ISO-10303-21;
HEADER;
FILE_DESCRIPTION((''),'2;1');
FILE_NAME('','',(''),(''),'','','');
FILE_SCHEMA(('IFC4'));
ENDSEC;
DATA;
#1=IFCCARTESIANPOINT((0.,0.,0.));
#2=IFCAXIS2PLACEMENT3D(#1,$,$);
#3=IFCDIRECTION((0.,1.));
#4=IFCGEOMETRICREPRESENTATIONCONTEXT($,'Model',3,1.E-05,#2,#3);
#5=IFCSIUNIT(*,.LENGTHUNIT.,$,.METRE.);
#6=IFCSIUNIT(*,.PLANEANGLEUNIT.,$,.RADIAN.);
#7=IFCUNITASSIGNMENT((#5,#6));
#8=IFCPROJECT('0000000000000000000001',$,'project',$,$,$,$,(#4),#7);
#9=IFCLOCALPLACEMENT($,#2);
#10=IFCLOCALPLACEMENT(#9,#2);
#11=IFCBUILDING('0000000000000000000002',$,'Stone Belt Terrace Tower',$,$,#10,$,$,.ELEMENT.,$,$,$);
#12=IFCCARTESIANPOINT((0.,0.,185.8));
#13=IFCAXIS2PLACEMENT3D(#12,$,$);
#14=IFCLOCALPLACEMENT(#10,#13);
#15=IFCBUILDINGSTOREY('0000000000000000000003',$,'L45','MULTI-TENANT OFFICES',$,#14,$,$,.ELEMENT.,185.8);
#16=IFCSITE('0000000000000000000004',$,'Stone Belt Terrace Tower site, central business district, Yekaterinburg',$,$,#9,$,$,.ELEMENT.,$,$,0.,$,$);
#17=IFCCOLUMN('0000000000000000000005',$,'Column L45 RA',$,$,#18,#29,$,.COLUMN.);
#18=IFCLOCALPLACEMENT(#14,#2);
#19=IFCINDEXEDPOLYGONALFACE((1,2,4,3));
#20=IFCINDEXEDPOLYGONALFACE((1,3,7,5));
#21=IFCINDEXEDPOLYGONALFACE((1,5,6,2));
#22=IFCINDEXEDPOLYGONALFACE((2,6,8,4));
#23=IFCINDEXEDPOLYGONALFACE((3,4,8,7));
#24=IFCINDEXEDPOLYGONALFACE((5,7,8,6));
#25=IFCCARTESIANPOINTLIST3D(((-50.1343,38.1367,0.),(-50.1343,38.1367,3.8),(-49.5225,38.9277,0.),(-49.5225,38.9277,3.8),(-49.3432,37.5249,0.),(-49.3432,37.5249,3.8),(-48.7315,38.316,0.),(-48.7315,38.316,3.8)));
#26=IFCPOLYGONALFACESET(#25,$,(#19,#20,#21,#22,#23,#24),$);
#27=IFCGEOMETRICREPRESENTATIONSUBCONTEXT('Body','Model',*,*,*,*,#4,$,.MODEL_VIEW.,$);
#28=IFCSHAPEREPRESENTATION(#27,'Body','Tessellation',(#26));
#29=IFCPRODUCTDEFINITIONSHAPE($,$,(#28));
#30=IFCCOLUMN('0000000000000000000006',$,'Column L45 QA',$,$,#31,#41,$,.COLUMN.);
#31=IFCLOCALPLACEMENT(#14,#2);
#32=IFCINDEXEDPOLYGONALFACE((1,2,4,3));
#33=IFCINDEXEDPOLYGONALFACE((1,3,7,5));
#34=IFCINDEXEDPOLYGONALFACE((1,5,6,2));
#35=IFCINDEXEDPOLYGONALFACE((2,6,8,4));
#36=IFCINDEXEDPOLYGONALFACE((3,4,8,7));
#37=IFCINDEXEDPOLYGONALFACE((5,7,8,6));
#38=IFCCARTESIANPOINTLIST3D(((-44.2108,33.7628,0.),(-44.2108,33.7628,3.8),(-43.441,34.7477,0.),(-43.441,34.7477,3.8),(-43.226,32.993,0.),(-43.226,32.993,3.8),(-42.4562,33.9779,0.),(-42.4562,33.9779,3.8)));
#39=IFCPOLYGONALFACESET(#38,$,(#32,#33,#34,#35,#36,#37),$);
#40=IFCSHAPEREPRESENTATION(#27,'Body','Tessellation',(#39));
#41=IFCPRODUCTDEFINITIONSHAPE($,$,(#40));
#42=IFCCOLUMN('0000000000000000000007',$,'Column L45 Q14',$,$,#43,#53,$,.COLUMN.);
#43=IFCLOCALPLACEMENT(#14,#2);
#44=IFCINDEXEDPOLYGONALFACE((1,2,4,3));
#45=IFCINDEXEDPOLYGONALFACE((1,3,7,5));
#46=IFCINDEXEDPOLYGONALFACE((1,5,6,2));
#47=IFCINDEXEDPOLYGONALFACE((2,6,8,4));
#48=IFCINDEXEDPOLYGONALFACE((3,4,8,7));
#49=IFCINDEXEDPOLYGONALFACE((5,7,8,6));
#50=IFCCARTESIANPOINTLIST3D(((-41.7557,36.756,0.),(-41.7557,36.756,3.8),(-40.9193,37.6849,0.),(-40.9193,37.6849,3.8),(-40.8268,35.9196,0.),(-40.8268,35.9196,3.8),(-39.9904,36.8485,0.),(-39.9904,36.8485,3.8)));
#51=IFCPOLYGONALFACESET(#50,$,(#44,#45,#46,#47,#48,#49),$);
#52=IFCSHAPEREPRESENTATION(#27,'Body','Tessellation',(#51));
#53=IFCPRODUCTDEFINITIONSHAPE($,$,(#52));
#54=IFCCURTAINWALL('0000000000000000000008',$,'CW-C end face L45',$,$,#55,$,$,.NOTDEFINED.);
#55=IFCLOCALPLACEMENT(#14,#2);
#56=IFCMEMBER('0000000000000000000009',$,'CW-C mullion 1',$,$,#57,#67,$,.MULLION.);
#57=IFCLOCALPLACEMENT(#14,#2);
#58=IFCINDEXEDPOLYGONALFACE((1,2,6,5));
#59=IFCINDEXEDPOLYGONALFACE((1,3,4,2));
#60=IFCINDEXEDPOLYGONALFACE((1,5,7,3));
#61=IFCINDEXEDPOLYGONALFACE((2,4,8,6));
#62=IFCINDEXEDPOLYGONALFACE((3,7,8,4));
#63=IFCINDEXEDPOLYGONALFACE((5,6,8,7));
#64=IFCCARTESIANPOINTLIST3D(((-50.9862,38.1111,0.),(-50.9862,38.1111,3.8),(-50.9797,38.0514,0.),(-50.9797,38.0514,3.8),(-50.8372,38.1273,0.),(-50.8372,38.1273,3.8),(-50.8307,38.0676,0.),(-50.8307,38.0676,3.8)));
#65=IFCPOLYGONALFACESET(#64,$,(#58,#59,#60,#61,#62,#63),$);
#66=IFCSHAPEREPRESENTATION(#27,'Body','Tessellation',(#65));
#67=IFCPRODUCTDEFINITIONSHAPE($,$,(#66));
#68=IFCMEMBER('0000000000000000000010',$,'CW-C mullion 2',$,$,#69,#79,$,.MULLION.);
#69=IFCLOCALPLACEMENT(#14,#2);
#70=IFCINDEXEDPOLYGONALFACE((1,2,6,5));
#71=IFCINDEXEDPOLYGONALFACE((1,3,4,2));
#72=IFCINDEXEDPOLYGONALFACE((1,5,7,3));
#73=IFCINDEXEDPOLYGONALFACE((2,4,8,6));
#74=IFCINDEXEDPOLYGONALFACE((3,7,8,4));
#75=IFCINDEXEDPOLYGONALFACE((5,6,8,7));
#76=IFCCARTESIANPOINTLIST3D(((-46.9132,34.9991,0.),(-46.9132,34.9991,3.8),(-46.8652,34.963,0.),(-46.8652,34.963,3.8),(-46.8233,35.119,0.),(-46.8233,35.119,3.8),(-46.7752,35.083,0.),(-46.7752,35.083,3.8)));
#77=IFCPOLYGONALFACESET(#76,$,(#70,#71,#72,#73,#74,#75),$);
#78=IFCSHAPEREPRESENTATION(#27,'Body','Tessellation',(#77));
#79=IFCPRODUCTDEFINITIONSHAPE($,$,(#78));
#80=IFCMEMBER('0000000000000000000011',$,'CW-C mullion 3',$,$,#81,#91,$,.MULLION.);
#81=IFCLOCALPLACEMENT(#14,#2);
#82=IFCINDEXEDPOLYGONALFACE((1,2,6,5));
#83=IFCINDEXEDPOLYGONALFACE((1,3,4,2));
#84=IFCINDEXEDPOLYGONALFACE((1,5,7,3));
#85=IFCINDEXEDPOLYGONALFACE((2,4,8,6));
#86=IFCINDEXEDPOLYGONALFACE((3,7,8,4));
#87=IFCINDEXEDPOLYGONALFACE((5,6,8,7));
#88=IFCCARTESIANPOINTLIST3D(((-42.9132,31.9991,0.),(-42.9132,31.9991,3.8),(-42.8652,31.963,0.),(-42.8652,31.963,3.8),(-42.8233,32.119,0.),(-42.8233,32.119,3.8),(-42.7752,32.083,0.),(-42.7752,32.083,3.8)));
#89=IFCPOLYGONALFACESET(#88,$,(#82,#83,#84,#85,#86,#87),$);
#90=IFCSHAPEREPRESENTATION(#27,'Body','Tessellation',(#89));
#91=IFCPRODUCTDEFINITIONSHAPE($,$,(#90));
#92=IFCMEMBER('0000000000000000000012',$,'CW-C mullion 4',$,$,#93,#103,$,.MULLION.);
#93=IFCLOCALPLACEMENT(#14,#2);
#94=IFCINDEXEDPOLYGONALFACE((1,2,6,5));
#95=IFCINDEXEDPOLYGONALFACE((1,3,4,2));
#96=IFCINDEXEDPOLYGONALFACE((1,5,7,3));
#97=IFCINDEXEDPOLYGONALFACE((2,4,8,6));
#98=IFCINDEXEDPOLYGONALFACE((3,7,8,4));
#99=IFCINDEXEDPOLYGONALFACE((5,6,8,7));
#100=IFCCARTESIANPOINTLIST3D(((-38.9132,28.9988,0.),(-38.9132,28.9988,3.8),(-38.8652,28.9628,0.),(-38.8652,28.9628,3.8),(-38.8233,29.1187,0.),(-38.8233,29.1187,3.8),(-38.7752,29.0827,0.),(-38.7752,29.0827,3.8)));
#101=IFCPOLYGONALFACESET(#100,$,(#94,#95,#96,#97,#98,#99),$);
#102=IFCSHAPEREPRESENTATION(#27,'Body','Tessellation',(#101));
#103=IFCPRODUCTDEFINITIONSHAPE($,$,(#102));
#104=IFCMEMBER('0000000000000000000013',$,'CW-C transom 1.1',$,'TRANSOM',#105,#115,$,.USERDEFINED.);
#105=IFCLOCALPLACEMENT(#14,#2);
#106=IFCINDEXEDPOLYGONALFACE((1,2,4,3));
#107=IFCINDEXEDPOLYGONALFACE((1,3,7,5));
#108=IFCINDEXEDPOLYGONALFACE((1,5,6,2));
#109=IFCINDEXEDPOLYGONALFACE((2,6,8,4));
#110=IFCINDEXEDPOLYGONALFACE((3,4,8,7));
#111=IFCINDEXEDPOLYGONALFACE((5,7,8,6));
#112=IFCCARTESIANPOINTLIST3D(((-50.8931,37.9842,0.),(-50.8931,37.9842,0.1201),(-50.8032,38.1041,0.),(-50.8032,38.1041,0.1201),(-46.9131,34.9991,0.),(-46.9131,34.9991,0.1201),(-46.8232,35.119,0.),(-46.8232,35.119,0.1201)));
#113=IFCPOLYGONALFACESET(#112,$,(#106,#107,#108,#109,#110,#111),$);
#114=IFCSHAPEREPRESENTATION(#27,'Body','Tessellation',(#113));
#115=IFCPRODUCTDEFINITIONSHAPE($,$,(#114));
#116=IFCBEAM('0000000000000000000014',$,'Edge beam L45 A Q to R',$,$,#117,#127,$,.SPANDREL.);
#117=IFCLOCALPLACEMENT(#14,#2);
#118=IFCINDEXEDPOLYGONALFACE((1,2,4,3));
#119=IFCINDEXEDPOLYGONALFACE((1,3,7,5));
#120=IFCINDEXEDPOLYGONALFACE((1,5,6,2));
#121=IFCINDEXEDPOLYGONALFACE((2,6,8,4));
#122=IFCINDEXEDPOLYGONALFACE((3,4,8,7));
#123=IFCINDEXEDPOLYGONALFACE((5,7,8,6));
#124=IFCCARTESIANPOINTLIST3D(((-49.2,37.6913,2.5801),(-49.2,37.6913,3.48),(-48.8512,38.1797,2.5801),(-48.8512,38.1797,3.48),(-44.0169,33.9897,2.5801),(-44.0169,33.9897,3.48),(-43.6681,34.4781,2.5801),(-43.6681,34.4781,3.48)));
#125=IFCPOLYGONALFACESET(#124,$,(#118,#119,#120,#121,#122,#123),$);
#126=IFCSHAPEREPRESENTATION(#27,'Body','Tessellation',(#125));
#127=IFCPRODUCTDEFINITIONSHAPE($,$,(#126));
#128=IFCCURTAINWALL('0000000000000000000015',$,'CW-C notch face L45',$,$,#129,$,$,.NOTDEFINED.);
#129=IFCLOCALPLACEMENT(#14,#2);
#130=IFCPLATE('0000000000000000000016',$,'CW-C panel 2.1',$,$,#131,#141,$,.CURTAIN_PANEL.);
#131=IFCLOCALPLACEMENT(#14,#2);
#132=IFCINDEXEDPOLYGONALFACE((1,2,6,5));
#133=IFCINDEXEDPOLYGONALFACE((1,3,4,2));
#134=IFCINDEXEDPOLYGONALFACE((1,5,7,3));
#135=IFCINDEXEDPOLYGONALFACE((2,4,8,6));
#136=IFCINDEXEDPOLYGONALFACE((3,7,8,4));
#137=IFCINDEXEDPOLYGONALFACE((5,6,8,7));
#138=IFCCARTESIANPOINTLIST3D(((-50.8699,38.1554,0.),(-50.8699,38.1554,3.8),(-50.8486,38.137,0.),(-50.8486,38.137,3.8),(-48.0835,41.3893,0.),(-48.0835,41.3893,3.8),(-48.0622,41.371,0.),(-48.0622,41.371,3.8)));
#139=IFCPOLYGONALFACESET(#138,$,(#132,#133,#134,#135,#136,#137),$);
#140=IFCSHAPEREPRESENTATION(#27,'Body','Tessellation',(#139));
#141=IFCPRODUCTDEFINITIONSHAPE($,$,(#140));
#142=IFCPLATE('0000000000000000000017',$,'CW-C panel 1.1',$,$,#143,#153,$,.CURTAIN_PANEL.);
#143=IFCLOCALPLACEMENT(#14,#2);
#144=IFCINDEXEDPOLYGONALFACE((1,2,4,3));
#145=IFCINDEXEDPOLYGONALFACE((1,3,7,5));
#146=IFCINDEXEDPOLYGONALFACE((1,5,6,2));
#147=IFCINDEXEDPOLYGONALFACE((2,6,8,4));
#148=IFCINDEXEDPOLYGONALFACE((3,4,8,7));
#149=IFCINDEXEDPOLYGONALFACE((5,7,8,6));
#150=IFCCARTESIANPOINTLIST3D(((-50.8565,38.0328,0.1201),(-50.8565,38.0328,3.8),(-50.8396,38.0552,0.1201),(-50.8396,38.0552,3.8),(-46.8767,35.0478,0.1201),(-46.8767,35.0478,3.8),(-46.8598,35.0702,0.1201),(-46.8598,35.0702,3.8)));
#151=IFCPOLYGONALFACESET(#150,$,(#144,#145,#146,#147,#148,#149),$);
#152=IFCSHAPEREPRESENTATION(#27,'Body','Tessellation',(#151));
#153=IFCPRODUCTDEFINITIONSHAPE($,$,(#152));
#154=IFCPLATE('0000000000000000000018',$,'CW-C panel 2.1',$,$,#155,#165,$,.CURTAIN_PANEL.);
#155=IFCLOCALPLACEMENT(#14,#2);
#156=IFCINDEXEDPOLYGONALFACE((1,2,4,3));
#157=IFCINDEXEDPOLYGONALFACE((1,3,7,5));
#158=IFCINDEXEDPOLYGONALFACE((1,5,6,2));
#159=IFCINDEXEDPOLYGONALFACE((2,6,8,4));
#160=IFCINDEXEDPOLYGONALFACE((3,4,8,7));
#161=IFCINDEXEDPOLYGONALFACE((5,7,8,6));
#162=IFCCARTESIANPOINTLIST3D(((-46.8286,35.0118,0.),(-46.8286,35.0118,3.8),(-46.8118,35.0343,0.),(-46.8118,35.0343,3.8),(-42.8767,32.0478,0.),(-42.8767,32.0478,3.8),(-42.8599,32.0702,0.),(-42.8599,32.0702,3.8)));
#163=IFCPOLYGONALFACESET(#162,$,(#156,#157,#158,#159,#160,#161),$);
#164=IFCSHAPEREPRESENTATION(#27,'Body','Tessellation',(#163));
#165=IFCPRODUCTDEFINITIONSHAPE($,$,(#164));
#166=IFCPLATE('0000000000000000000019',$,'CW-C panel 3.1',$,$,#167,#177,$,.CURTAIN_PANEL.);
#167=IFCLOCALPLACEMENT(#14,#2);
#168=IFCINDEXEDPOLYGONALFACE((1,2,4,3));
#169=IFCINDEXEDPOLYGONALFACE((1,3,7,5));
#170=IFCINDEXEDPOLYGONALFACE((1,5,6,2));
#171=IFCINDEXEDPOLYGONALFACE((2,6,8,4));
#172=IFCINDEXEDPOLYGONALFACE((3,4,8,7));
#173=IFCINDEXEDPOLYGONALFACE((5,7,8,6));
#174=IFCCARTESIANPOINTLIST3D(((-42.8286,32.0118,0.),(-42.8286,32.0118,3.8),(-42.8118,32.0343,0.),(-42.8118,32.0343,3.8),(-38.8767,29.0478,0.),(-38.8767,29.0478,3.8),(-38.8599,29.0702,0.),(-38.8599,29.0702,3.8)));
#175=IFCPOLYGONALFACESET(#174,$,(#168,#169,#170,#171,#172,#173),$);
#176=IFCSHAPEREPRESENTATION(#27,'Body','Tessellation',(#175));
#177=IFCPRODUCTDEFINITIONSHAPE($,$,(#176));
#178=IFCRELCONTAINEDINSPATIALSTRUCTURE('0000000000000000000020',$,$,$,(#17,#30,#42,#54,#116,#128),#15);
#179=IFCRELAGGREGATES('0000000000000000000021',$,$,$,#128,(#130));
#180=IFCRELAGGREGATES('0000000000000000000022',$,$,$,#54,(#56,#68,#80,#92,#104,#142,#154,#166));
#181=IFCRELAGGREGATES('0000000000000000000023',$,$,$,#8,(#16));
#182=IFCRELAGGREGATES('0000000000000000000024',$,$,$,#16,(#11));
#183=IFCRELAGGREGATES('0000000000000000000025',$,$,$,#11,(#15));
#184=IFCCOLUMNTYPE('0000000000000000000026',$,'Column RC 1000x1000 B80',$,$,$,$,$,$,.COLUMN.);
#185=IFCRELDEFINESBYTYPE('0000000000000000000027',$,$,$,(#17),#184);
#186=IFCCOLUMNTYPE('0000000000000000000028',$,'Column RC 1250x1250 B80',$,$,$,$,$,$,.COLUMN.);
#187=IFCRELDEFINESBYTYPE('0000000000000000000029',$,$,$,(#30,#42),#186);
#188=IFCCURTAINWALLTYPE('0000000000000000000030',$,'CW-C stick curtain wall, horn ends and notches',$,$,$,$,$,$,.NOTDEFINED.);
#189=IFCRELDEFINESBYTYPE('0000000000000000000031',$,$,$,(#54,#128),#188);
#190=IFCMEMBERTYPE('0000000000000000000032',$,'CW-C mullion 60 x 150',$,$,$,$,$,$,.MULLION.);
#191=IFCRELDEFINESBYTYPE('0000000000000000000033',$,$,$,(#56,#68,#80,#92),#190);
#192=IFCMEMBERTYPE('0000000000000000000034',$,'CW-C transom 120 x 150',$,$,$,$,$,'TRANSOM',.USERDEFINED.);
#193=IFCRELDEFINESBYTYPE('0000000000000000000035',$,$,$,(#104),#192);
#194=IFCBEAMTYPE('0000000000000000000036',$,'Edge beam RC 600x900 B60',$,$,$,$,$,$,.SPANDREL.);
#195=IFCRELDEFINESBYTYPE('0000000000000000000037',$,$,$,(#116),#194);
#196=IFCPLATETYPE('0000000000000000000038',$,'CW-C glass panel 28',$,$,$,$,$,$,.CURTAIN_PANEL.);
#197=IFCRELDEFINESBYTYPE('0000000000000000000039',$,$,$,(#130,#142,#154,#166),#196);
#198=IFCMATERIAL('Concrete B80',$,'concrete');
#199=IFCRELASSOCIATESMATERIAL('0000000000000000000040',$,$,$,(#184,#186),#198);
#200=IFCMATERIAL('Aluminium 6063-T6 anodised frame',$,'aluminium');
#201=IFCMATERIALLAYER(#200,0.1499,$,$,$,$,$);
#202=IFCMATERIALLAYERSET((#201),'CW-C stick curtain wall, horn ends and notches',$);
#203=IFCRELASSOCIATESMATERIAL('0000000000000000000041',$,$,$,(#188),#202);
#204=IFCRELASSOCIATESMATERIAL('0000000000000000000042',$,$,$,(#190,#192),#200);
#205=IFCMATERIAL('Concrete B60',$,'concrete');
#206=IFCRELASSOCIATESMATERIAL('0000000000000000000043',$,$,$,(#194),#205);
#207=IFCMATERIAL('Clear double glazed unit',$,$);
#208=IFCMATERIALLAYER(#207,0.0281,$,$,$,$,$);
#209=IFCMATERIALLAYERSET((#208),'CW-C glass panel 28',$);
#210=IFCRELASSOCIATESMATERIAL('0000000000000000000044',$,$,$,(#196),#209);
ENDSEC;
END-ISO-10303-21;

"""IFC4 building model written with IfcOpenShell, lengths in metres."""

from ifc_helpers import new_model, si_unit, direction, frame, origin, origin_2d, place, context, subcontext, project, spatial, rectangle, extrude, material, layer, layer_set, material_profile, profile_set, type_object, element, aggregate, save


model = new_model("IFC4")

# Units and contexts
model_context = context("Model", 3, precision=1e-05, world=origin(), true_north=direction((0.0, 1.0)))
body_context = subcontext(model_context, "Body", "Model", "MODEL_VIEW")
ifc_project = project(units=[si_unit("LENGTHUNIT", "METRE"), si_unit("PLANEANGLEUNIT", "RADIAN")], contexts=[model_context])

# Site, building, storey
site_placement = place(None, origin())
site = spatial("IfcSite", under=ifc_project, at=site_placement, Name="Stone Belt Terrace Tower site, central business district, Yekaterinburg", CompositionType="ELEMENT", RefElevation=0.0)
building_placement = place(site_placement, origin())
building = spatial("IfcBuilding", under=site, at=building_placement, Name="Stone Belt Terrace Tower", CompositionType="ELEMENT")
storey_placement = place(building_placement, frame((0.0, 0.0, 185.8)))
storey = spatial("IfcBuildingStorey", under=building, at=storey_placement, Name="L45", Description="MULTI-TENANT OFFICES", CompositionType="ELEMENT", Elevation=185.8)

# Columns
ifc_material_1 = material(Name="Concrete B80", Category="concrete")
ifc_material_profile_1 = material_profile(ifc_material_1, rectangle(XDim=1.0, YDim=1.0, at=origin_2d()), Name="RC 1000x1000")
ifc_profile_set_1 = profile_set([ifc_material_profile_1], Name="Concrete B80")
column_type_1 = type_object("IfcColumnType", Name="Column RC 1000x1000 B80", PredefinedType="COLUMN", material=ifc_profile_set_1)
column_placement = place(storey_placement, frame((-49.4329, 38.2263, 0.0), z_axis=(0.0, 0.0, 1.0), x_axis=(0.61173, 0.791067, 0.0)))
element("IfcColumn", 1, at=column_placement, inside=storey, type_object=column_type_1, Name="Column L45 RA", PredefinedType="COLUMN", context=body_context, shape_type="SweptSolid", body=[
    extrude(rectangle(XDim=1.0, YDim=1.0, at=origin_2d()), origin(), (0.0, 0.0, 1.0), 3.8),
])
ifc_material_profile_2 = material_profile(ifc_material_1, rectangle(XDim=1.25, YDim=1.25, at=origin_2d()), Name="RC 1250x1250")
ifc_profile_set_2 = profile_set([ifc_material_profile_2], Name="Concrete B80")
column_type_2 = type_object("IfcColumnType", Name="Column RC 1250x1250 B80", PredefinedType="COLUMN", material=ifc_profile_set_2)
for number, where, z_axis, x_axis, name in (
    (2, (-43.3335, 33.8704, 0.0), (0.0, 0.0, 1.0), (0.615825, 0.787883, 0.0), "Column L45 QA"),
    (3, (-40.873, 36.8022, 0.0), (0.0, 0.0, 1.0), (0.669131, 0.743145, 0.0), "Column L45 Q14"),
):
    element("IfcColumn", number, at=place(storey_placement, frame(where, z_axis=z_axis, x_axis=x_axis)), inside=storey, type_object=column_type_2, Name=name, PredefinedType="COLUMN", context=body_context, shape_type="SweptSolid", body=[
        extrude(rectangle(XDim=1.25, YDim=1.25, at=origin_2d()), origin(), (0.0, 0.0, 1.0), 3.8),
    ])

# Curtain wall, members
ifc_material_2 = material(Name="Aluminium 6063-T6 anodised frame", Category="aluminium")
ifc_layer_1 = layer(ifc_material_2, 0.1499)
ifc_layer_set_1 = layer_set([ifc_layer_1], Name="CW-C stick curtain wall, horn ends and notches")
curtain_wall_type = type_object("IfcCurtainWallType", Name="CW-C stick curtain wall, horn ends and notches", PredefinedType="NOTDEFINED", material=ifc_layer_set_1)
curtain_wall_1_placement = place(storey_placement, origin())
curtain_wall_1 = element("IfcCurtainWall", 4, at=curtain_wall_1_placement, inside=storey, type_object=curtain_wall_type, Name="CW-C end face L45", PredefinedType="NOTDEFINED")
ifc_material_profile_3 = material_profile(ifc_material_2, rectangle(XDim=0.1499, YDim=0.0601, at=origin_2d()), Name="Aluminium 6063-T6 60x150")
ifc_profile_set_3 = profile_set([ifc_material_profile_3], Name="Aluminium 6063-T6 anodised frame")
member_type_1 = type_object("IfcMemberType", Name="CW-C mullion 60 x 150", PredefinedType="MULLION", material=ifc_profile_set_3)
member_1_placement = place(storey_placement, frame((-50.9084, 38.0894, 0.0), z_axis=(0.0, 0.0, 1.0), x_axis=(0.994169, 0.10783, 0.0)))
member_1 = element("IfcMember", 5, at=member_1_placement, type_object=member_type_1, Name="CW-C mullion 1", PredefinedType="MULLION", context=body_context, shape_type="SweptSolid", body=[
    extrude(rectangle(XDim=0.1499, YDim=0.0601, at=origin_2d()), origin(), (0.0, 0.0, 1.0), 3.8),
])
member_2_placement = place(storey_placement, frame((-46.8442, 35.041, 0.0), z_axis=(0.0, 0.0, 1.0), x_axis=(0.600018, 0.799987, 0.0)))
member_2 = element("IfcMember", 6, at=member_2_placement, type_object=member_type_1, Name="CW-C mullion 2", PredefinedType="MULLION", context=body_context, shape_type="SweptSolid", body=[
    extrude(rectangle(XDim=0.1499, YDim=0.0601, at=origin_2d()), origin(), (0.0, 0.0, 1.0), 3.8),
])
member_3_placement = place(storey_placement, frame((-42.8442, 32.041, 0.0), z_axis=(0.0, 0.0, 1.0), x_axis=(0.600018, 0.799987, 0.0)))
member_3 = element("IfcMember", 7, at=member_3_placement, type_object=member_type_1, Name="CW-C mullion 3", PredefinedType="MULLION", context=body_context, shape_type="SweptSolid", body=[
    extrude(rectangle(XDim=0.1499, YDim=0.0601, at=origin_2d()), origin(), (0.0, 0.0, 1.0), 3.8),
])
member_4_placement = place(storey_placement, frame((-38.8442, 29.0408, 0.0), z_axis=(0.0, 0.0, 1.0), x_axis=(0.600018, 0.799987, 0.0)))
member_4 = element("IfcMember", 8, at=member_4_placement, type_object=member_type_1, Name="CW-C mullion 4", PredefinedType="MULLION", context=body_context, shape_type="SweptSolid", body=[
    extrude(rectangle(XDim=0.1499, YDim=0.0601, at=origin_2d()), origin(), (0.0, 0.0, 1.0), 3.8),
])
ifc_material_profile_4 = material_profile(ifc_material_2, rectangle(XDim=0.1499, YDim=0.1201, at=origin_2d()), Name="Aluminium 6063-T6 150x120")
ifc_profile_set_4 = profile_set([ifc_material_profile_4], Name="Aluminium 6063-T6 anodised frame")
member_type_2 = type_object("IfcMemberType", Name="CW-C transom 120 x 150", ElementType="TRANSOM", PredefinedType="USERDEFINED", material=ifc_profile_set_4)
member_5_placement = place(storey_placement, frame((-50.8481, 38.0442, 0.0601), z_axis=(0.799988, -0.600016, 0.0), x_axis=(0.600016, 0.799988, 0.0)))
member_5 = element("IfcMember", 9, at=member_5_placement, type_object=member_type_2, Name="CW-C transom 1.1", ObjectType="TRANSOM", PredefinedType="USERDEFINED", context=body_context, shape_type="SweptSolid", body=[
    extrude(rectangle(XDim=0.1499, YDim=0.1201, at=origin_2d()), origin(), (0.0, 0.0, 1.0), 4.9751),
])

# Beam
ifc_material_3 = material(Name="Concrete B60", Category="concrete")
ifc_material_profile_5 = material_profile(ifc_material_3, rectangle(XDim=0.6001, YDim=0.8999, at=origin_2d()), Name="RC 600x900")
ifc_profile_set_5 = profile_set([ifc_material_profile_5], Name="Concrete B60")
beam_type = type_object("IfcBeamType", Name="Edge beam RC 600x900 B60", PredefinedType="SPANDREL", material=ifc_profile_set_5)
beam_placement = place(storey_placement, frame((-43.8425, 34.2339, 3.03), z_axis=(-0.813775, 0.58118, 0.0), x_axis=(-0.58118, -0.813775, 0.0)))
element("IfcBeam", 10, at=beam_placement, inside=storey, type_object=beam_type, Name="Edge beam L45 A Q to R", PredefinedType="SPANDREL", context=body_context, shape_type="SweptSolid", body=[
    extrude(rectangle(XDim=0.6001, YDim=0.8999, at=origin_2d()), origin(), (0.0, 0.0, 1.0), 6.3691),
])

# Curtain wall, plate
curtain_wall_2_placement = place(storey_placement, origin())
curtain_wall_2 = element("IfcCurtainWall", 11, at=curtain_wall_2_placement, inside=storey, type_object=curtain_wall_type, Name="CW-C notch face L45", PredefinedType="NOTDEFINED")
ifc_material_4 = material(Name="Clear double glazed unit")
ifc_layer_2 = layer(ifc_material_4, 0.0281)
ifc_layer_set_2 = layer_set([ifc_layer_2], Name="CW-C glass panel 28")
plate_type = type_object("IfcPlateType", Name="CW-C glass panel 28", PredefinedType="CURTAIN_PANEL", material=ifc_layer_set_2)
plate_1_placement = place(storey_placement, frame((-49.4661, 39.7632, 0.0), z_axis=(0.0, 0.0, 1.0), x_axis=(-0.652738, -0.757584, 0.0)))
plate_1 = element("IfcPlate", 12, at=plate_1_placement, type_object=plate_type, Name="CW-C panel 2.1", PredefinedType="CURTAIN_PANEL", context=body_context, shape_type="SweptSolid", body=[
    extrude(rectangle(XDim=4.2688, YDim=0.0281, at=origin_2d()), origin(), (0.0, 0.0, 1.0), 3.8),
])
aggregate(curtain_wall_2, [plate_1])

# Plates
plate_2_placement = place(storey_placement, frame((-48.8582, 36.5515, 0.1201), z_axis=(0.0, 0.0, 1.0), x_axis=(0.799987, -0.600018, 0.0)))
plate_2 = element("IfcPlate", 13, at=plate_2_placement, type_object=plate_type, Name="CW-C panel 1.1", PredefinedType="CURTAIN_PANEL", context=body_context, shape_type="SweptSolid", body=[
    extrude(rectangle(XDim=4.9749, YDim=0.0281, at=origin_2d()), origin(), (0.0, 0.0, 1.0), 3.6799),
])
plate_3_placement = place(storey_placement, frame((-44.8442, 33.541, 0.0), z_axis=(0.0, 0.0, 1.0), x_axis=(0.799987, -0.600018, 0.0)))
plate_3 = element("IfcPlate", 14, at=plate_3_placement, type_object=plate_type, Name="CW-C panel 2.1", PredefinedType="CURTAIN_PANEL", context=body_context, shape_type="SweptSolid", body=[
    extrude(rectangle(XDim=4.9399, YDim=0.0281, at=origin_2d()), origin(), (0.0, 0.0, 1.0), 3.8),
])
plate_4_placement = place(storey_placement, frame((-40.8442, 30.541, 0.0), z_axis=(0.0, 0.0, 1.0), x_axis=(0.799987, -0.600018, 0.0)))
plate_4 = element("IfcPlate", 15, at=plate_4_placement, type_object=plate_type, Name="CW-C panel 3.1", PredefinedType="CURTAIN_PANEL", context=body_context, shape_type="SweptSolid", body=[
    extrude(rectangle(XDim=4.9399, YDim=0.0281, at=origin_2d()), origin(), (0.0, 0.0, 1.0), 3.8),
])
aggregate(curtain_wall_1, [member_1, member_2, member_3, member_4, member_5, plate_2, plate_3, plate_4])

save(model, "model.ifc")
